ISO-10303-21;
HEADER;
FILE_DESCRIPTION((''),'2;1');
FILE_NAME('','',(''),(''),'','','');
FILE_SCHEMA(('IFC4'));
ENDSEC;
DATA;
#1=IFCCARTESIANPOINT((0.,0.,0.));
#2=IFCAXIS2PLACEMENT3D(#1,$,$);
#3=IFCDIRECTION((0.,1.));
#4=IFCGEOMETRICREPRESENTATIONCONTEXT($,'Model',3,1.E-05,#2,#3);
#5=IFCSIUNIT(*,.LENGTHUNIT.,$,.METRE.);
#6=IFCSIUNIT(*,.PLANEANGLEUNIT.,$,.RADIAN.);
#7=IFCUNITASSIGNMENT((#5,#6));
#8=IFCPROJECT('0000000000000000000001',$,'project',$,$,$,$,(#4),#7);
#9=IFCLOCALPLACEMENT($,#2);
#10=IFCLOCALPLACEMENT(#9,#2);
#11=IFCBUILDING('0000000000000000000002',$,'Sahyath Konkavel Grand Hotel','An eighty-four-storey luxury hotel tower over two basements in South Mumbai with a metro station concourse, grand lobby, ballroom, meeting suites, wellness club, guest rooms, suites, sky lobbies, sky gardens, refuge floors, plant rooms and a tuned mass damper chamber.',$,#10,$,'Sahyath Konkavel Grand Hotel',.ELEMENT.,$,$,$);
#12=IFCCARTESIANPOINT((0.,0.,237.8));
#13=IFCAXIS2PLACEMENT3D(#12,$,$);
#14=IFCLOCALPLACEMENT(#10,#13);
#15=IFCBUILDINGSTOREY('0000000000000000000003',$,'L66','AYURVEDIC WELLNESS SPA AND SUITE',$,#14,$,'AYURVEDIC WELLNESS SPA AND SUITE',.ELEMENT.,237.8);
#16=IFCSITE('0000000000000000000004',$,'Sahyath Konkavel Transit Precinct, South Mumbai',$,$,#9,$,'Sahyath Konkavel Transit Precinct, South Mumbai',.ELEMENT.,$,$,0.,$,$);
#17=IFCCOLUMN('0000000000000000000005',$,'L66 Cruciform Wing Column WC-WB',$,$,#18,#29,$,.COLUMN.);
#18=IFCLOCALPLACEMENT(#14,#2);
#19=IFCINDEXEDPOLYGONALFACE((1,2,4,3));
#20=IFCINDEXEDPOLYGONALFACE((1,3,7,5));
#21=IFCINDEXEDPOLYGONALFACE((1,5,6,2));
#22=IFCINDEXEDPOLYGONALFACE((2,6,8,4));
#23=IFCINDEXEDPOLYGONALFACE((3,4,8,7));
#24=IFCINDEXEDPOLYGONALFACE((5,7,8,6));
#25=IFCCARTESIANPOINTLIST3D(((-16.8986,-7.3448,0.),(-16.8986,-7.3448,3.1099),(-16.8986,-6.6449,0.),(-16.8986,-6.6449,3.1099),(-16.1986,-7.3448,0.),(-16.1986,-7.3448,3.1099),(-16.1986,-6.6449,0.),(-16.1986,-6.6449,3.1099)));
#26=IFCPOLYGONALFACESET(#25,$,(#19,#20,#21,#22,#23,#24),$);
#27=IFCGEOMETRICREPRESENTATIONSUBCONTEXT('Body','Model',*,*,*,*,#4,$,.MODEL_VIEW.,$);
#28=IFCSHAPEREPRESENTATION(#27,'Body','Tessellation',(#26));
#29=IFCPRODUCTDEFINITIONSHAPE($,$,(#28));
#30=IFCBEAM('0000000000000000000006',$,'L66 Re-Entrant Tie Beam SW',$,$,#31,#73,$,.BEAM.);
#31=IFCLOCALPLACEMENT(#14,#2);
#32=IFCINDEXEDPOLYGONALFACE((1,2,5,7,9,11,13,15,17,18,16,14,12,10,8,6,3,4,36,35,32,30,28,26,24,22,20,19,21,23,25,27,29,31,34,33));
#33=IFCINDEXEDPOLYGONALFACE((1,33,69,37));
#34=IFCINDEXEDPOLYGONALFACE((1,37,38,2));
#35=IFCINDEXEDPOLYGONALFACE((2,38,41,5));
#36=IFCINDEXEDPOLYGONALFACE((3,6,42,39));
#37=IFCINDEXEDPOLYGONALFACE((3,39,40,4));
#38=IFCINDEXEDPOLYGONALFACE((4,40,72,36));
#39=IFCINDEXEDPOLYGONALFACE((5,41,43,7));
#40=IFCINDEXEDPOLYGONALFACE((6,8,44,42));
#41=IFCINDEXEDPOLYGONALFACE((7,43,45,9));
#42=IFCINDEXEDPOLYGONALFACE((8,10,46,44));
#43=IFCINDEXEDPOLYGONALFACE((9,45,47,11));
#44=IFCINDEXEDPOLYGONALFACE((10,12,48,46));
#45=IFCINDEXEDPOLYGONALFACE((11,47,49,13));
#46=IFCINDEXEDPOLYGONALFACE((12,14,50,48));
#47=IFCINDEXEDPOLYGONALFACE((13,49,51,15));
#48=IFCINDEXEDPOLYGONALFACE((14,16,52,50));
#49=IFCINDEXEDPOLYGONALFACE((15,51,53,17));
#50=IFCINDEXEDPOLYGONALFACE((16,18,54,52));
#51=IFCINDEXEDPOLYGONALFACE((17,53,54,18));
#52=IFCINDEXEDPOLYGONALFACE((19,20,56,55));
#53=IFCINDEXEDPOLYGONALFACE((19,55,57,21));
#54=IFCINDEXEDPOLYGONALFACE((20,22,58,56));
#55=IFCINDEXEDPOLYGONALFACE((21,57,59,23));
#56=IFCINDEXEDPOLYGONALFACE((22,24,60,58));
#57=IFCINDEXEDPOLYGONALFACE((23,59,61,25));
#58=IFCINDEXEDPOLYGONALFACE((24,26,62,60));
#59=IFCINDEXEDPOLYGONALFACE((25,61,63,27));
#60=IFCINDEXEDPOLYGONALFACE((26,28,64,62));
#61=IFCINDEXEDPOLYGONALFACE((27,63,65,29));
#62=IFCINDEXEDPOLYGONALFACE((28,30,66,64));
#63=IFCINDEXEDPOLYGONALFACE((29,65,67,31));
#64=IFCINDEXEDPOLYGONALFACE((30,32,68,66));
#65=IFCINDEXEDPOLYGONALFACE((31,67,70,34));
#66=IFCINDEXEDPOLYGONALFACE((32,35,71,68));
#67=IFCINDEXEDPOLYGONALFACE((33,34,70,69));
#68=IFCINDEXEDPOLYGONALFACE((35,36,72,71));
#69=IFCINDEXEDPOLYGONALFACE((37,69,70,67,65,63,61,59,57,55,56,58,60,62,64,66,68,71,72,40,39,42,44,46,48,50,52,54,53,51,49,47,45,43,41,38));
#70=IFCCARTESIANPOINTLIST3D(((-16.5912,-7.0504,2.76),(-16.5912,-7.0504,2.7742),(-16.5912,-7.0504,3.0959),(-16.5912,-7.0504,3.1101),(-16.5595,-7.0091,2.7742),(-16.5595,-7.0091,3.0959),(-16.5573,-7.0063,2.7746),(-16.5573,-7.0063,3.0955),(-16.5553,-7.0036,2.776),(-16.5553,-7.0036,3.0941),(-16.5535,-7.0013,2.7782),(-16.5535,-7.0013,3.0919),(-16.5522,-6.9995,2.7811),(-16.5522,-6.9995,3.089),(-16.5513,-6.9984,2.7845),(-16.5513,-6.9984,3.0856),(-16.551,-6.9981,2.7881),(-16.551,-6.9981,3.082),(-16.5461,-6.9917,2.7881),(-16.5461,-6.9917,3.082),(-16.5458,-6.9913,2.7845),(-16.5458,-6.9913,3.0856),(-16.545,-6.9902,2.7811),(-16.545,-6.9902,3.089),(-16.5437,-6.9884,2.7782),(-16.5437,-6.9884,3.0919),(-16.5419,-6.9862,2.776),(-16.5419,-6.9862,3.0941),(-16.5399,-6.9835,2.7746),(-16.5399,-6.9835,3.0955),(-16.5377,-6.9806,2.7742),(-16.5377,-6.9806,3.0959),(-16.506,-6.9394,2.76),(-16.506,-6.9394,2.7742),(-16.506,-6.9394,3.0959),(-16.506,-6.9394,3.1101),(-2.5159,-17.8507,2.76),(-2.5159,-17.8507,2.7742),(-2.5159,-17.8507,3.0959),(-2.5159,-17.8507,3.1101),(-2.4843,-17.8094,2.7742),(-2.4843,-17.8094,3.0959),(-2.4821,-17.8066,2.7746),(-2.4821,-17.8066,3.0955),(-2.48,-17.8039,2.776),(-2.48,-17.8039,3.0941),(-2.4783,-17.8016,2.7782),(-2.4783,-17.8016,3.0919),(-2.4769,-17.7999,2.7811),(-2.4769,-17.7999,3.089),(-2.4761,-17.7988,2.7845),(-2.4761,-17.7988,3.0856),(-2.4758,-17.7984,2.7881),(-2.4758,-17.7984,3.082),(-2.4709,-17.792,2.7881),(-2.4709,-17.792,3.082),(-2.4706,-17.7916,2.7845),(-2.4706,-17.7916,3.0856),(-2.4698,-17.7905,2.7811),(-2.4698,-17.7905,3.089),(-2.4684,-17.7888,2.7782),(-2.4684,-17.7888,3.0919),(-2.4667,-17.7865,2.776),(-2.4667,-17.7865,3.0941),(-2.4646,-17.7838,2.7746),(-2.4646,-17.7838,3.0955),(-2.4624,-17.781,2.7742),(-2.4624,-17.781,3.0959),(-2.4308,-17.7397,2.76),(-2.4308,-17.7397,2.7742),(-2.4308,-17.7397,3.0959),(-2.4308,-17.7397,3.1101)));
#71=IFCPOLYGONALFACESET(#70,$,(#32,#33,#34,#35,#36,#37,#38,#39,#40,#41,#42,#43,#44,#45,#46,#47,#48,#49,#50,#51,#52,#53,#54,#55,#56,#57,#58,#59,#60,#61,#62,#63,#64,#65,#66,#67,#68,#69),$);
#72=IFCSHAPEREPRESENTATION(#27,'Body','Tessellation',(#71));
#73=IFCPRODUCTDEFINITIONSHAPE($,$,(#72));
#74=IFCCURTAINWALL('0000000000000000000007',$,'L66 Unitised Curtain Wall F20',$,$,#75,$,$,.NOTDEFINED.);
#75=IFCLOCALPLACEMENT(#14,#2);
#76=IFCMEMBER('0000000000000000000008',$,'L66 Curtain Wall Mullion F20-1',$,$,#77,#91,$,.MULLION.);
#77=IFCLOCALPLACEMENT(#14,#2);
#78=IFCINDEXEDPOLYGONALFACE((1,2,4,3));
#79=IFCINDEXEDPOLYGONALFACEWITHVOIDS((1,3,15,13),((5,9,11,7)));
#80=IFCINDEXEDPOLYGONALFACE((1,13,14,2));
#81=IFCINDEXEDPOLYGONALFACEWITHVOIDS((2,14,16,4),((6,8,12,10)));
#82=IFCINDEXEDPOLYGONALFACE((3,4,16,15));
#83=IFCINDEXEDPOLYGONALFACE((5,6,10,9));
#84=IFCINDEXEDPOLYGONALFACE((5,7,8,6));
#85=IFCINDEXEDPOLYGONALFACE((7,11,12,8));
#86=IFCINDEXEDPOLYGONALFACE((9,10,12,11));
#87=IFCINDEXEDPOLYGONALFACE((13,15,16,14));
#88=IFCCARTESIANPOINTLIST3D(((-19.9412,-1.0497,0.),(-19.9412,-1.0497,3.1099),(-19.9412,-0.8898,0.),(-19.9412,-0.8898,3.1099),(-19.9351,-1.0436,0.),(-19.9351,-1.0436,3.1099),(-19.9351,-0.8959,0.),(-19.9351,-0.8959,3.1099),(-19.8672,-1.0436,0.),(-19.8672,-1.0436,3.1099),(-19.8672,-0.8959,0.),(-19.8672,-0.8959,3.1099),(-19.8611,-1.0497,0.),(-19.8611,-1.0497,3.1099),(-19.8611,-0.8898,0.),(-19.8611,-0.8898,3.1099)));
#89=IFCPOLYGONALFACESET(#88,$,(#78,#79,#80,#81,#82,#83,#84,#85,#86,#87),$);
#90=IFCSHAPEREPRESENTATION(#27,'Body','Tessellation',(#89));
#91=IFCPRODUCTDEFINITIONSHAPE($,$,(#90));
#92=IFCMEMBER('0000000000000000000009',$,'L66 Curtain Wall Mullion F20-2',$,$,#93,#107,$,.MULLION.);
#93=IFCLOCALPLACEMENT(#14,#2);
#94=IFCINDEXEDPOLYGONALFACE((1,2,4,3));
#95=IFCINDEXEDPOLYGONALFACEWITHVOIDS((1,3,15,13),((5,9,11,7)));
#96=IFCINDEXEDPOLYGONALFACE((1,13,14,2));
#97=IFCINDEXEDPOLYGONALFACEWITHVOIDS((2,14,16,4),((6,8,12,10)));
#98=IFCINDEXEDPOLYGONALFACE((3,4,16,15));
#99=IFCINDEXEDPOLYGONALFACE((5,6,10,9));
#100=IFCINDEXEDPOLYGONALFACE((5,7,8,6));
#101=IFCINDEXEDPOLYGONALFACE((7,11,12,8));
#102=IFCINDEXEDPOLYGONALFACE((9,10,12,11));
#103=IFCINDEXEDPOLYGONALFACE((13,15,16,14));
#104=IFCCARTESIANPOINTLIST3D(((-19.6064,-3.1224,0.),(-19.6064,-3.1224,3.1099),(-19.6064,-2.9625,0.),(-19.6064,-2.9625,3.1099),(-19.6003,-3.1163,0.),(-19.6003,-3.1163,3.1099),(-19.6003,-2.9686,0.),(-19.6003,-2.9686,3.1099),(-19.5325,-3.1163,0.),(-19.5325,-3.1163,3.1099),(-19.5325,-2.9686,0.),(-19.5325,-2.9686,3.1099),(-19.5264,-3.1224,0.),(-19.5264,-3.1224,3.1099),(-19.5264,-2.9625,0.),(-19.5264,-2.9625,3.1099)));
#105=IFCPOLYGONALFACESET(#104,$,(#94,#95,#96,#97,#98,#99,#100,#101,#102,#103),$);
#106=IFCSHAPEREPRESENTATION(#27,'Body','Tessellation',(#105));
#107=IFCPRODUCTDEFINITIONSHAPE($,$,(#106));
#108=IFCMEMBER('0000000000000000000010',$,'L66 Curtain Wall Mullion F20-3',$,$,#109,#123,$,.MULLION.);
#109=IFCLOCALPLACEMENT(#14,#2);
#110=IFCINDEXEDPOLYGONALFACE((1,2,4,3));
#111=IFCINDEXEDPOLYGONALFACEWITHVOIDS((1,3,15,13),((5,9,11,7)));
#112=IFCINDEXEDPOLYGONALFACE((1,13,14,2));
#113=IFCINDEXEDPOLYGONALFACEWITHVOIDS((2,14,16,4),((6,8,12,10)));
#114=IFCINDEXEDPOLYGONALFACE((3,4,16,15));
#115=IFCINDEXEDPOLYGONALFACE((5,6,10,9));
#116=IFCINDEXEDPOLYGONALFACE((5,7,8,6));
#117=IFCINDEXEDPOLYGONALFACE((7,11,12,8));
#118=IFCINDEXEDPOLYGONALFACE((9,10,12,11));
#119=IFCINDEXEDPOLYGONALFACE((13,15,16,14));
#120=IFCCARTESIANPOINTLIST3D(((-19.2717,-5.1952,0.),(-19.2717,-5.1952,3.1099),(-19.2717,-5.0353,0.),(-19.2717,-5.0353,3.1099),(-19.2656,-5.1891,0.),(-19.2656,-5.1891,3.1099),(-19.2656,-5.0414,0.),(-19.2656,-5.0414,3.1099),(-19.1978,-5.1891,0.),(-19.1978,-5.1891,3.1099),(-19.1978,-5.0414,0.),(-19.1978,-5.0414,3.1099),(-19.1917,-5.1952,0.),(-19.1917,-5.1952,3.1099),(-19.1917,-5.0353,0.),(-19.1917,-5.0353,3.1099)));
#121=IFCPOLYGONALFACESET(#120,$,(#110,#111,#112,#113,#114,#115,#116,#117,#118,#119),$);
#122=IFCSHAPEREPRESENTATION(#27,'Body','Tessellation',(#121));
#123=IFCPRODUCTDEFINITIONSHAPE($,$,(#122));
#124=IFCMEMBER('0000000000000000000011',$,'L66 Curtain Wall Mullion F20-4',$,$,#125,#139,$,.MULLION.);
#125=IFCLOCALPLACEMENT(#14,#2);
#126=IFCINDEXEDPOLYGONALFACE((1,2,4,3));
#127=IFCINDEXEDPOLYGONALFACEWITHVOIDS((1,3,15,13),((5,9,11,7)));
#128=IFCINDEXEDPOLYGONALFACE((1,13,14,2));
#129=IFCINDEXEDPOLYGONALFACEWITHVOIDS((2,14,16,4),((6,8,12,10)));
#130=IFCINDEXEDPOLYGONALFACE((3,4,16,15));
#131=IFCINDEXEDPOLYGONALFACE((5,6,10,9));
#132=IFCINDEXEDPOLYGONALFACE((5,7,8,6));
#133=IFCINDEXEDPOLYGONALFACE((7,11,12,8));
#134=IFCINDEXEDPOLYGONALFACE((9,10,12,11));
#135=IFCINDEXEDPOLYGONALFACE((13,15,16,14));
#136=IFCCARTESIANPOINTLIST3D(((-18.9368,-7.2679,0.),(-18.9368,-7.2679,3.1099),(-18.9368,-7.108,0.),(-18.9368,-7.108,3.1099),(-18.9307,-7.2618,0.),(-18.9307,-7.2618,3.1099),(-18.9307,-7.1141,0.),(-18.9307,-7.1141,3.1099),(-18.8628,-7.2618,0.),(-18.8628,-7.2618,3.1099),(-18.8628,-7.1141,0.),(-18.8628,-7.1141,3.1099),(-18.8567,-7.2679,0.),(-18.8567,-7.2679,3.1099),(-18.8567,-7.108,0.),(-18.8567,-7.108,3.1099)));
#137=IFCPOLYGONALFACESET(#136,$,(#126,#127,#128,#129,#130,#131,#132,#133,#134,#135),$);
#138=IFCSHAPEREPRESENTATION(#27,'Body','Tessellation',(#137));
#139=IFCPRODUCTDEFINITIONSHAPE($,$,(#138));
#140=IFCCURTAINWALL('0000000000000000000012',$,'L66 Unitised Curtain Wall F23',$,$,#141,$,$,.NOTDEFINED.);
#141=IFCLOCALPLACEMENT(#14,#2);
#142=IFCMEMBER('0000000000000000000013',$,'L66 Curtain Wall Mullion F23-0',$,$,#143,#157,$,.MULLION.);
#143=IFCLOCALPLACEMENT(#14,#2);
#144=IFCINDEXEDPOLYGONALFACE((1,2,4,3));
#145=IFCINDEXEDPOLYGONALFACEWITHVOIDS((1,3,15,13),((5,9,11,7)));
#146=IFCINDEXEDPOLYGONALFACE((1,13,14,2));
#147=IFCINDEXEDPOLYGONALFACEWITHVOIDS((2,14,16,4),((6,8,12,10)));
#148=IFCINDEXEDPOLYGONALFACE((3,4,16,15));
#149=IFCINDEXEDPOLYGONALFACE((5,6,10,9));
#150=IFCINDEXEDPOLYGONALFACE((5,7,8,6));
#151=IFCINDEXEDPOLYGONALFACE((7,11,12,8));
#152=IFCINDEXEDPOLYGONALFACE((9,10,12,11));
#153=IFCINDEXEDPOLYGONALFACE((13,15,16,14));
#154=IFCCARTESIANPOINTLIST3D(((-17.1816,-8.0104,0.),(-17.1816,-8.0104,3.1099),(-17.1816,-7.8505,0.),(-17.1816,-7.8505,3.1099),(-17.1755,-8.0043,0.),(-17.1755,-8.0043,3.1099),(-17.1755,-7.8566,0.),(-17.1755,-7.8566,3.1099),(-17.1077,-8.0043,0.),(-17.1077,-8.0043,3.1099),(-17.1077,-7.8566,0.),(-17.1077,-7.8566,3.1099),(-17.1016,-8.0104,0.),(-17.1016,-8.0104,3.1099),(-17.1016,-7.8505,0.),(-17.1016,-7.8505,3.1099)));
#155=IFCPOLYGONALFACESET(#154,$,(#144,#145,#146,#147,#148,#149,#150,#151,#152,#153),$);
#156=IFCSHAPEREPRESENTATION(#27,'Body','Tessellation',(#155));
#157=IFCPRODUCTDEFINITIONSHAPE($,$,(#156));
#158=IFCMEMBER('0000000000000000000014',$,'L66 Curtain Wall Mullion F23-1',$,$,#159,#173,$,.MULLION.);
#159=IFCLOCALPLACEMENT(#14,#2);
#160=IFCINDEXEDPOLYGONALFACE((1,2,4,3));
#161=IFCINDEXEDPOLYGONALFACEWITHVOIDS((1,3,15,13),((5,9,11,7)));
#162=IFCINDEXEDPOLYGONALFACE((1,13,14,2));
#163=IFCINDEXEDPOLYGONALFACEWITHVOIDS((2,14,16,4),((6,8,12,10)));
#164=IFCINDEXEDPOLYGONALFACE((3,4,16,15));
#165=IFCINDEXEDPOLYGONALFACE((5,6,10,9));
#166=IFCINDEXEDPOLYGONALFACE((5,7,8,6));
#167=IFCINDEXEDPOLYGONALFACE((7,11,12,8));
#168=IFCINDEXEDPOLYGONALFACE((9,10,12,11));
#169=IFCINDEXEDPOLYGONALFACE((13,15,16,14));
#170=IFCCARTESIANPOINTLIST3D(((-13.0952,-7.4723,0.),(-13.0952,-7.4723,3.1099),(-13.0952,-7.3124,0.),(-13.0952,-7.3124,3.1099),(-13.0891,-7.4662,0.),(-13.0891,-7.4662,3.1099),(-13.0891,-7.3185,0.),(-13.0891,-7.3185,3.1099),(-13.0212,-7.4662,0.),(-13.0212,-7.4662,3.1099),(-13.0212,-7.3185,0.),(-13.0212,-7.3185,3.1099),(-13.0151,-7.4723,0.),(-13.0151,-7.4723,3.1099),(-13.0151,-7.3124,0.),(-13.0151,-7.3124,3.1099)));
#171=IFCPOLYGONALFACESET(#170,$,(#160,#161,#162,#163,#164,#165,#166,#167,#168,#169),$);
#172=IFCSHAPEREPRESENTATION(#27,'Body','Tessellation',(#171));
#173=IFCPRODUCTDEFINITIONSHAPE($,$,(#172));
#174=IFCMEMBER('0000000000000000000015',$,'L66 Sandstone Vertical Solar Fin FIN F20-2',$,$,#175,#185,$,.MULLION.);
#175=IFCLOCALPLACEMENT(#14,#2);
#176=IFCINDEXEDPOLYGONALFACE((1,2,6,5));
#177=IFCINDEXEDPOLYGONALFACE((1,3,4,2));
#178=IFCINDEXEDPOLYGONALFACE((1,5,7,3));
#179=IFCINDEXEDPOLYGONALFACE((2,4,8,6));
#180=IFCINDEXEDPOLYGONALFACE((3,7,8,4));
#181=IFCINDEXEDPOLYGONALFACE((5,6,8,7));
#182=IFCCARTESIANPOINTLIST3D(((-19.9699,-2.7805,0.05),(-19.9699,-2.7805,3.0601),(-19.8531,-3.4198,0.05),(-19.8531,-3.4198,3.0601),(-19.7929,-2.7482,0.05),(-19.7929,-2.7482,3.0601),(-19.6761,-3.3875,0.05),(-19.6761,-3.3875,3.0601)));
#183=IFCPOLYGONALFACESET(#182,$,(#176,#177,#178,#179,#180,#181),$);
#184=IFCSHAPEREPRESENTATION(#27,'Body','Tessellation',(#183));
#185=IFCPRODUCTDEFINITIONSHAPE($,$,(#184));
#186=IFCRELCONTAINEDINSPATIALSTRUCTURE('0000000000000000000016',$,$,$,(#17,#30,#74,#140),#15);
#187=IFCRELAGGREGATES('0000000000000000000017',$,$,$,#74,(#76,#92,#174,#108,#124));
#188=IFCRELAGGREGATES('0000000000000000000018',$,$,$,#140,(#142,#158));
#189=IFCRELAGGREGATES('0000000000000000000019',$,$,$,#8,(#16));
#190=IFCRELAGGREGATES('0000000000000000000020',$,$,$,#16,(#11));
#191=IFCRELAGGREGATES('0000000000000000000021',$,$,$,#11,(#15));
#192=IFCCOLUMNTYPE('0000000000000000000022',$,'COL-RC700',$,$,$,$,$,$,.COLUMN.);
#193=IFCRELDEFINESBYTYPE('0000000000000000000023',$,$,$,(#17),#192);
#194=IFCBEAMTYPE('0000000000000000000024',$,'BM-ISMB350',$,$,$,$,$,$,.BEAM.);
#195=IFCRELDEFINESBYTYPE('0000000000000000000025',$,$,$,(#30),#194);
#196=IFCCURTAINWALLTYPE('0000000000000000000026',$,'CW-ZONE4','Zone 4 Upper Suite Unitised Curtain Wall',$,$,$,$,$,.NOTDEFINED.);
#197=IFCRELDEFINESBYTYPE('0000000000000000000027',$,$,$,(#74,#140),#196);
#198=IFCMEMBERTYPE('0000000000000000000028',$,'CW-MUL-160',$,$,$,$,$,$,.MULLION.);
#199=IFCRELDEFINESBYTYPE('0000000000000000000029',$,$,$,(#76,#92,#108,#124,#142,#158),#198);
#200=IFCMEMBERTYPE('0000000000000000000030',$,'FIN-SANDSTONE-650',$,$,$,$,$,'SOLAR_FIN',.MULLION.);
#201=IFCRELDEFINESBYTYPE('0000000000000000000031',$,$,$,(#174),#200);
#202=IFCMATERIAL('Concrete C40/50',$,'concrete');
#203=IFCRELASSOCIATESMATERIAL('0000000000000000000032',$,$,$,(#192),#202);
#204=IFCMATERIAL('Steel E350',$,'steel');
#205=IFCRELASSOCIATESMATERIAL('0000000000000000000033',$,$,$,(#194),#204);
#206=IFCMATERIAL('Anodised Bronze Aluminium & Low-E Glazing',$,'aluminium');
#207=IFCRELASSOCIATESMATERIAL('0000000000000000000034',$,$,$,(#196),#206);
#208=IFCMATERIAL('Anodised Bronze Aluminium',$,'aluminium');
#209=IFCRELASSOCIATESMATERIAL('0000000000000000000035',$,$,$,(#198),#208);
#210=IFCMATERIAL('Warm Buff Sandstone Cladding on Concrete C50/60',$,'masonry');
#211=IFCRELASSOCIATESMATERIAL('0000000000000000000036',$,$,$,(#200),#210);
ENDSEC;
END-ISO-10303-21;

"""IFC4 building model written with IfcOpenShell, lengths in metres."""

from ifc_helpers import new_model, si_unit, direction, frame, origin, origin_2d, place, context, subcontext, project, spatial, rectangle, hollow_rectangle, i_section, extrude, source, transform, mapped, material, material_profile, profile_set, type_object, element, aggregate, save


model = new_model("IFC4")

# Units and contexts
model_context = context("Model", 3, precision=1e-05, world=origin(), true_north=direction((0.0, 1.0)))
body_context = subcontext(model_context, "Body", "Model", "MODEL_VIEW")
ifc_project = project(units=[si_unit("LENGTHUNIT", "METRE"), si_unit("PLANEANGLEUNIT", "RADIAN")], contexts=[model_context])

# Site, building, storey
site_placement = place(None, origin())
site = spatial("IfcSite", under=ifc_project, at=site_placement, Name="Sahyath Konkavel Transit Precinct, South Mumbai", LongName="Sahyath Konkavel Transit Precinct, South Mumbai", CompositionType="ELEMENT", RefElevation=0.0)
building_placement = place(site_placement, origin())
building = spatial("IfcBuilding", under=site, at=building_placement, Name="Sahyath Konkavel Grand Hotel", Description="An eighty-four-storey luxury hotel tower over two basements in South Mumbai with a metro station concourse, grand lobby, ballroom, meeting suites, wellness club, guest rooms, suites, sky lobbies, sky gardens, refuge floors, plant rooms and a tuned mass damper chamber.", LongName="Sahyath Konkavel Grand Hotel", CompositionType="ELEMENT")
storey_placement = place(building_placement, frame((0.0, 0.0, 237.8)))
storey = spatial("IfcBuildingStorey", under=building, at=storey_placement, Name="L66", Description="AYURVEDIC WELLNESS SPA AND SUITE", LongName="AYURVEDIC WELLNESS SPA AND SUITE", CompositionType="ELEMENT", Elevation=237.8)

# Column
ifc_material_1 = material(Name="Concrete C40/50", Category="concrete")
ifc_material_profile_1 = material_profile(ifc_material_1, rectangle(XDim=0.7, YDim=0.7, at=origin_2d()), Name="RC 700x700")
ifc_profile_set_1 = profile_set([ifc_material_profile_1], Name="Concrete C40/50")
column_type = type_object("IfcColumnType", Name="COL-RC700", PredefinedType="COLUMN", material=ifc_profile_set_1)
shared_shape_1 = source(origin(), body_context, "Body", "SweptSolid", [
    extrude(rectangle(XDim=0.7, YDim=0.7, at=origin_2d()), origin(), (0.0, 0.0, 1.0), 3.1099),
])
column_placement = place(storey_placement, frame((-16.5486, -6.9949, 0.0), z_axis=(0.0, 0.0, 1.0), x_axis=(1.0, 0.0, 0.0)))
element("IfcColumn", 1, at=column_placement, inside=storey, type_object=column_type, Name="L66 Cruciform Wing Column WC-WB", PredefinedType="COLUMN", context=body_context, shape_type="MappedRepresentation", body=[
    mapped(shared_shape_1, transform((0.0, 0.0, 0.0), scale=1.0)),
])

# Beam
ifc_material_2 = material(Name="Steel E350", Category="steel")
ifc_material_profile_2 = material_profile(ifc_material_2, i_section(OverallWidth=0.1399, OverallDepth=0.3501, WebThickness=0.0081, FlangeThickness=0.0142, FilletRadius=0.0139, at=origin_2d()), Name="ISMB 350")
ifc_profile_set_2 = profile_set([ifc_material_profile_2], Name="Steel E350")
beam_type = type_object("IfcBeamType", Name="BM-ISMB350", PredefinedType="BEAM", material=ifc_profile_set_2)
shared_shape_2 = source(origin(), body_context, "Body", "SweptSolid", [
    extrude(i_section(OverallWidth=0.1399, OverallDepth=0.3501, WebThickness=0.0081, FlangeThickness=0.0142, FilletRadius=0.0139, at=origin_2d()), origin(), (0.0, 0.0, 1.0), 17.7415),
])
beam_placement = place(storey_placement, frame((-16.5486, -6.9949, 2.9351), z_axis=(0.793353, -0.608762, 0.0), x_axis=(0.608762, 0.793353, 0.0)))
element("IfcBeam", 2, at=beam_placement, inside=storey, type_object=beam_type, Name="L66 Re-Entrant Tie Beam SW", PredefinedType="BEAM", context=body_context, shape_type="MappedRepresentation", body=[
    mapped(shared_shape_2, transform((0.0, 0.0, 0.0), scale=1.0)),
])

# Curtain walls, members
ifc_material_3 = material(Name="Anodised Bronze Aluminium & Low-E Glazing", Category="aluminium")
curtain_wall_type = type_object("IfcCurtainWallType", Name="CW-ZONE4", Description="Zone 4 Upper Suite Unitised Curtain Wall", PredefinedType="NOTDEFINED", material=ifc_material_3)
curtain_wall_1_placement = place(storey_placement, origin())
curtain_wall_1 = element("IfcCurtainWall", 3, at=curtain_wall_1_placement, inside=storey, type_object=curtain_wall_type, Name="L66 Unitised Curtain Wall F20", PredefinedType="NOTDEFINED")
ifc_material_4 = material(Name="Anodised Bronze Aluminium", Category="aluminium")
ifc_material_profile_3 = material_profile(ifc_material_4, hollow_rectangle(XDim=0.0801, YDim=0.1599, WallThickness=0.0061, at=origin_2d()), Name="RHS 160x80x6")
ifc_profile_set_3 = profile_set([ifc_material_profile_3], Name="Anodised Bronze Aluminium")
member_type_1 = type_object("IfcMemberType", Name="CW-MUL-160", PredefinedType="MULLION", material=ifc_profile_set_3)
shared_shape_3 = source(origin(), body_context, "Body", "SweptSolid", [
    extrude(hollow_rectangle(XDim=0.0801, YDim=0.1599, WallThickness=0.0061, at=origin_2d()), origin(), (0.0, 0.0, 1.0), 3.1099),
])
member_1_placement = place(storey_placement, frame((-19.9011, -0.9697, 0.0), z_axis=(0.0, 0.0, 1.0), x_axis=(1.0, 0.0, 0.0)))
member_1 = element("IfcMember", 4, at=member_1_placement, type_object=member_type_1, Name="L66 Curtain Wall Mullion F20-1", PredefinedType="MULLION", context=body_context, shape_type="MappedRepresentation", body=[
    mapped(shared_shape_3, transform((0.0, 0.0, 0.0), scale=1.0)),
])
member_2_placement = place(storey_placement, frame((-19.5664, -3.0425, 0.0), z_axis=(0.0, 0.0, 1.0), x_axis=(1.0, 0.0, 0.0)))
member_2 = element("IfcMember", 5, at=member_2_placement, type_object=member_type_1, Name="L66 Curtain Wall Mullion F20-2", PredefinedType="MULLION", context=body_context, shape_type="MappedRepresentation", body=[
    mapped(shared_shape_3, transform((0.0, 0.0, 0.0), scale=1.0)),
])
member_3_placement = place(storey_placement, frame((-19.2317, -5.1152, 0.0), z_axis=(0.0, 0.0, 1.0), x_axis=(1.0, 0.0, 0.0)))
member_3 = element("IfcMember", 6, at=member_3_placement, type_object=member_type_1, Name="L66 Curtain Wall Mullion F20-3", PredefinedType="MULLION", context=body_context, shape_type="MappedRepresentation", body=[
    mapped(shared_shape_3, transform((0.0, 0.0, 0.0), scale=1.0)),
])
member_4_placement = place(storey_placement, frame((-18.8967, -7.188, 0.0), z_axis=(0.0, 0.0, 1.0), x_axis=(1.0, 0.0, 0.0)))
member_4 = element("IfcMember", 7, at=member_4_placement, type_object=member_type_1, Name="L66 Curtain Wall Mullion F20-4", PredefinedType="MULLION", context=body_context, shape_type="MappedRepresentation", body=[
    mapped(shared_shape_3, transform((0.0, 0.0, 0.0), scale=1.0)),
])
curtain_wall_2_placement = place(storey_placement, origin())
curtain_wall_2 = element("IfcCurtainWall", 8, at=curtain_wall_2_placement, inside=storey, type_object=curtain_wall_type, Name="L66 Unitised Curtain Wall F23", PredefinedType="NOTDEFINED")
member_5_placement = place(storey_placement, frame((-17.1416, -7.9304, 0.0), z_axis=(0.0, 0.0, 1.0), x_axis=(1.0, 0.0, 0.0)))
member_5 = element("IfcMember", 9, at=member_5_placement, type_object=member_type_1, Name="L66 Curtain Wall Mullion F23-0", PredefinedType="MULLION", context=body_context, shape_type="MappedRepresentation", body=[
    mapped(shared_shape_3, transform((0.0, 0.0, 0.0), scale=1.0)),
])
member_6_placement = place(storey_placement, frame((-13.0552, -7.3923, 0.0), z_axis=(0.0, 0.0, 1.0), x_axis=(1.0, 0.0, 0.0)))
member_6 = element("IfcMember", 10, at=member_6_placement, type_object=member_type_1, Name="L66 Curtain Wall Mullion F23-1", PredefinedType="MULLION", context=body_context, shape_type="MappedRepresentation", body=[
    mapped(shared_shape_3, transform((0.0, 0.0, 0.0), scale=1.0)),
])

# Member
ifc_material_5 = material(Name="Warm Buff Sandstone Cladding on Concrete C50/60", Category="masonry")
ifc_material_profile_4 = material_profile(ifc_material_5, rectangle(XDim=0.1799, YDim=0.6499, at=origin_2d()), Name="FIN 180x650")
ifc_profile_set_4 = profile_set([ifc_material_profile_4], Name="Warm Buff Sandstone Cladding on Concrete C50/60")
member_type_2 = type_object("IfcMemberType", Name="FIN-SANDSTONE-650", ElementType="SOLAR_FIN", PredefinedType="MULLION", material=ifc_profile_set_4)
shared_shape_4 = source(origin(), body_context, "Body", "SweptSolid", [
    extrude(rectangle(XDim=0.1799, YDim=0.6499, at=origin_2d()), origin(), (0.0, 0.0, 1.0), 3.01),
])
member_7_placement = place(storey_placement, frame((-19.823, -3.084, 0.05), z_axis=(0.0, 0.0, 1.0), x_axis=(0.983729, 0.179661, 0.0)))
member_7 = element("IfcMember", 11, at=member_7_placement, type_object=member_type_2, Name="L66 Sandstone Vertical Solar Fin FIN F20-2", PredefinedType="MULLION", context=body_context, shape_type="MappedRepresentation", body=[
    mapped(shared_shape_4, transform((0.0, 0.0, 0.0), scale=1.0)),
])

aggregate(curtain_wall_1, [member_1, member_2, member_7, member_3, member_4])
aggregate(curtain_wall_2, [member_5, member_6])

save(model, "model.ifc")
